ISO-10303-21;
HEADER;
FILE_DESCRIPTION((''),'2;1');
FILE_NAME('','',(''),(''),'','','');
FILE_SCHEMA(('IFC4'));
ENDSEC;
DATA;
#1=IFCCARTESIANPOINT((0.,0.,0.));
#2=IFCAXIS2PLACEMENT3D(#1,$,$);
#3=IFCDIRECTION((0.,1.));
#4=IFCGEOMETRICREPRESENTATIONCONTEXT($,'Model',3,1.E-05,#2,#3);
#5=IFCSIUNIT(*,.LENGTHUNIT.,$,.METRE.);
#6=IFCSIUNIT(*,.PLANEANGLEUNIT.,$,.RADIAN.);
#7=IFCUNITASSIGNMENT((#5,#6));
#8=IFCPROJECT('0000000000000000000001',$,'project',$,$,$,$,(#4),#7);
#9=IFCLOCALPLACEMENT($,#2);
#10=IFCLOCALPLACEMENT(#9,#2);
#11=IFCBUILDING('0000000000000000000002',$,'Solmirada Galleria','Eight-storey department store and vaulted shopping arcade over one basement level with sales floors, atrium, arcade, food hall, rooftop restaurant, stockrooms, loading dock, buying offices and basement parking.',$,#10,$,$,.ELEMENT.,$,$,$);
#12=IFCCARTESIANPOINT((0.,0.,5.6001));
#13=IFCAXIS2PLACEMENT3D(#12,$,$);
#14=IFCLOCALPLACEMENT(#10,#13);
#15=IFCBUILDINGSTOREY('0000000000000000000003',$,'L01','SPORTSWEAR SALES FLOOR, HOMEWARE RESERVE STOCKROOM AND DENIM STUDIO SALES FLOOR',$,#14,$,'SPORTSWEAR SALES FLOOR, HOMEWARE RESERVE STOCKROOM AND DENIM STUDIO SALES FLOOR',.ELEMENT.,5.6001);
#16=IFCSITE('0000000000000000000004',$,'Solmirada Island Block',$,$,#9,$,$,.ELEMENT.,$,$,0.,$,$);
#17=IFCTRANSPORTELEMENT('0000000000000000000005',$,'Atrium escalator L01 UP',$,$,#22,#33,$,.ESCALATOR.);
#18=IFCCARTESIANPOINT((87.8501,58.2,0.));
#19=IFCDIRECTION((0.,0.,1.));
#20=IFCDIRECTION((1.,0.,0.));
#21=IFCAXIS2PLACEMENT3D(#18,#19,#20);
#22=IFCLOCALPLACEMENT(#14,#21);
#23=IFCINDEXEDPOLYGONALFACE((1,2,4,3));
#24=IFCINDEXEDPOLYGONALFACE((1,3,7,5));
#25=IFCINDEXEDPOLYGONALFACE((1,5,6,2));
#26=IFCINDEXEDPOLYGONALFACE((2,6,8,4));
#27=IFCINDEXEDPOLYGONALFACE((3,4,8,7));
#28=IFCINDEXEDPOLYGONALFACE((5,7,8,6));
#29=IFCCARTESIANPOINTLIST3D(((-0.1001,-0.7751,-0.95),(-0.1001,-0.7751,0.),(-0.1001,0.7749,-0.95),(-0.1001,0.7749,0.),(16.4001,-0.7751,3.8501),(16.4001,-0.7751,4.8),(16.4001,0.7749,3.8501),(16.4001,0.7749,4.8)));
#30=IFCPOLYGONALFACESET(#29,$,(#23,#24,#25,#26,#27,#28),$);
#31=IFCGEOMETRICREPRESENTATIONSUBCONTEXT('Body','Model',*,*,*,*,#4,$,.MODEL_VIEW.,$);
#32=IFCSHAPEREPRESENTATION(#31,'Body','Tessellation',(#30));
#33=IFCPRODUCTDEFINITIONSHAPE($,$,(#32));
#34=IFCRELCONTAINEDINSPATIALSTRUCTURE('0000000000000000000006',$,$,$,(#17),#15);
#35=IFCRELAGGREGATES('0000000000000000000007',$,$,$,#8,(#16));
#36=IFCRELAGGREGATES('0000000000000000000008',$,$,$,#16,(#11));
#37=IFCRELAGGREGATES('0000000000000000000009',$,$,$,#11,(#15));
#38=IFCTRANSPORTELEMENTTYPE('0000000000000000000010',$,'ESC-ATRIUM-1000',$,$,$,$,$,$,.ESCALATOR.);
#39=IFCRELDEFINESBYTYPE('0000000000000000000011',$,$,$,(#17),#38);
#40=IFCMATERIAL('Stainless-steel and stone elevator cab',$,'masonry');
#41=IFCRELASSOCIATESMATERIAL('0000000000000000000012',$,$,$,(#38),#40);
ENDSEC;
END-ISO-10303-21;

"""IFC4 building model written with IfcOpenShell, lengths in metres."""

from ifc_helpers import new_model, si_unit, direction, frame, origin, place, context, subcontext, project, spatial, polyline, outline, extrude, material, type_object, element, save


model = new_model("IFC4")

# Units and contexts
model_context = context("Model", 3, precision=1e-05, world=origin(), true_north=direction((0.0, 1.0)))
body_context = subcontext(model_context, "Body", "Model", "MODEL_VIEW")
ifc_project = project(units=[si_unit("LENGTHUNIT", "METRE"), si_unit("PLANEANGLEUNIT", "RADIAN")], contexts=[model_context])

# Site, building, storey
site_placement = place(None, origin())
site = spatial("IfcSite", under=ifc_project, at=site_placement, Name="Solmirada Island Block", CompositionType="ELEMENT", RefElevation=0.0)
building_placement = place(site_placement, origin())
building = spatial("IfcBuilding", under=site, at=building_placement, Name="Solmirada Galleria", Description="Eight-storey department store and vaulted shopping arcade over one basement level with sales floors, atrium, arcade, food hall, rooftop restaurant, stockrooms, loading dock, buying offices and basement parking.", CompositionType="ELEMENT")
storey_placement = place(building_placement, frame((0.0, 0.0, 5.6001)))
storey = spatial("IfcBuildingStorey", under=building, at=storey_placement, Name="L01", Description="SPORTSWEAR SALES FLOOR, HOMEWARE RESERVE STOCKROOM AND DENIM STUDIO SALES FLOOR", LongName="SPORTSWEAR SALES FLOOR, HOMEWARE RESERVE STOCKROOM AND DENIM STUDIO SALES FLOOR", CompositionType="ELEMENT", Elevation=5.6001)

# Transport element
ifc_material_1 = material(Name="Stainless-steel and stone elevator cab", Category="masonry")
transport_element_type = type_object("IfcTransportElementType", Name="ESC-ATRIUM-1000", PredefinedType="ESCALATOR", material=ifc_material_1)
transport_element_placement = place(storey_placement, frame((87.8501, 58.2, 0.0), z_axis=(0.0, 0.0, 1.0), x_axis=(1.0, 0.0, 0.0)))
element("IfcTransportElement", 1, at=transport_element_placement, inside=storey, type_object=transport_element_type, Name="Atrium escalator L01 UP", PredefinedType="ESCALATOR", context=body_context, shape_type="SweptSolid", body=[
    extrude(outline(polyline([(-0.1001, 0.0), (16.4001, 4.8), (16.4001, 3.8501), (-0.1001, -0.95), (-0.1001, 0.0)])), frame((0.0, 0.7749, 0.0), z_axis=(0.0, -1.0, 0.0), x_axis=(1.0, 0.0, 0.0)), (0.0, 0.0, 1.0), 1.55),
])

save(model, "model.ifc")
